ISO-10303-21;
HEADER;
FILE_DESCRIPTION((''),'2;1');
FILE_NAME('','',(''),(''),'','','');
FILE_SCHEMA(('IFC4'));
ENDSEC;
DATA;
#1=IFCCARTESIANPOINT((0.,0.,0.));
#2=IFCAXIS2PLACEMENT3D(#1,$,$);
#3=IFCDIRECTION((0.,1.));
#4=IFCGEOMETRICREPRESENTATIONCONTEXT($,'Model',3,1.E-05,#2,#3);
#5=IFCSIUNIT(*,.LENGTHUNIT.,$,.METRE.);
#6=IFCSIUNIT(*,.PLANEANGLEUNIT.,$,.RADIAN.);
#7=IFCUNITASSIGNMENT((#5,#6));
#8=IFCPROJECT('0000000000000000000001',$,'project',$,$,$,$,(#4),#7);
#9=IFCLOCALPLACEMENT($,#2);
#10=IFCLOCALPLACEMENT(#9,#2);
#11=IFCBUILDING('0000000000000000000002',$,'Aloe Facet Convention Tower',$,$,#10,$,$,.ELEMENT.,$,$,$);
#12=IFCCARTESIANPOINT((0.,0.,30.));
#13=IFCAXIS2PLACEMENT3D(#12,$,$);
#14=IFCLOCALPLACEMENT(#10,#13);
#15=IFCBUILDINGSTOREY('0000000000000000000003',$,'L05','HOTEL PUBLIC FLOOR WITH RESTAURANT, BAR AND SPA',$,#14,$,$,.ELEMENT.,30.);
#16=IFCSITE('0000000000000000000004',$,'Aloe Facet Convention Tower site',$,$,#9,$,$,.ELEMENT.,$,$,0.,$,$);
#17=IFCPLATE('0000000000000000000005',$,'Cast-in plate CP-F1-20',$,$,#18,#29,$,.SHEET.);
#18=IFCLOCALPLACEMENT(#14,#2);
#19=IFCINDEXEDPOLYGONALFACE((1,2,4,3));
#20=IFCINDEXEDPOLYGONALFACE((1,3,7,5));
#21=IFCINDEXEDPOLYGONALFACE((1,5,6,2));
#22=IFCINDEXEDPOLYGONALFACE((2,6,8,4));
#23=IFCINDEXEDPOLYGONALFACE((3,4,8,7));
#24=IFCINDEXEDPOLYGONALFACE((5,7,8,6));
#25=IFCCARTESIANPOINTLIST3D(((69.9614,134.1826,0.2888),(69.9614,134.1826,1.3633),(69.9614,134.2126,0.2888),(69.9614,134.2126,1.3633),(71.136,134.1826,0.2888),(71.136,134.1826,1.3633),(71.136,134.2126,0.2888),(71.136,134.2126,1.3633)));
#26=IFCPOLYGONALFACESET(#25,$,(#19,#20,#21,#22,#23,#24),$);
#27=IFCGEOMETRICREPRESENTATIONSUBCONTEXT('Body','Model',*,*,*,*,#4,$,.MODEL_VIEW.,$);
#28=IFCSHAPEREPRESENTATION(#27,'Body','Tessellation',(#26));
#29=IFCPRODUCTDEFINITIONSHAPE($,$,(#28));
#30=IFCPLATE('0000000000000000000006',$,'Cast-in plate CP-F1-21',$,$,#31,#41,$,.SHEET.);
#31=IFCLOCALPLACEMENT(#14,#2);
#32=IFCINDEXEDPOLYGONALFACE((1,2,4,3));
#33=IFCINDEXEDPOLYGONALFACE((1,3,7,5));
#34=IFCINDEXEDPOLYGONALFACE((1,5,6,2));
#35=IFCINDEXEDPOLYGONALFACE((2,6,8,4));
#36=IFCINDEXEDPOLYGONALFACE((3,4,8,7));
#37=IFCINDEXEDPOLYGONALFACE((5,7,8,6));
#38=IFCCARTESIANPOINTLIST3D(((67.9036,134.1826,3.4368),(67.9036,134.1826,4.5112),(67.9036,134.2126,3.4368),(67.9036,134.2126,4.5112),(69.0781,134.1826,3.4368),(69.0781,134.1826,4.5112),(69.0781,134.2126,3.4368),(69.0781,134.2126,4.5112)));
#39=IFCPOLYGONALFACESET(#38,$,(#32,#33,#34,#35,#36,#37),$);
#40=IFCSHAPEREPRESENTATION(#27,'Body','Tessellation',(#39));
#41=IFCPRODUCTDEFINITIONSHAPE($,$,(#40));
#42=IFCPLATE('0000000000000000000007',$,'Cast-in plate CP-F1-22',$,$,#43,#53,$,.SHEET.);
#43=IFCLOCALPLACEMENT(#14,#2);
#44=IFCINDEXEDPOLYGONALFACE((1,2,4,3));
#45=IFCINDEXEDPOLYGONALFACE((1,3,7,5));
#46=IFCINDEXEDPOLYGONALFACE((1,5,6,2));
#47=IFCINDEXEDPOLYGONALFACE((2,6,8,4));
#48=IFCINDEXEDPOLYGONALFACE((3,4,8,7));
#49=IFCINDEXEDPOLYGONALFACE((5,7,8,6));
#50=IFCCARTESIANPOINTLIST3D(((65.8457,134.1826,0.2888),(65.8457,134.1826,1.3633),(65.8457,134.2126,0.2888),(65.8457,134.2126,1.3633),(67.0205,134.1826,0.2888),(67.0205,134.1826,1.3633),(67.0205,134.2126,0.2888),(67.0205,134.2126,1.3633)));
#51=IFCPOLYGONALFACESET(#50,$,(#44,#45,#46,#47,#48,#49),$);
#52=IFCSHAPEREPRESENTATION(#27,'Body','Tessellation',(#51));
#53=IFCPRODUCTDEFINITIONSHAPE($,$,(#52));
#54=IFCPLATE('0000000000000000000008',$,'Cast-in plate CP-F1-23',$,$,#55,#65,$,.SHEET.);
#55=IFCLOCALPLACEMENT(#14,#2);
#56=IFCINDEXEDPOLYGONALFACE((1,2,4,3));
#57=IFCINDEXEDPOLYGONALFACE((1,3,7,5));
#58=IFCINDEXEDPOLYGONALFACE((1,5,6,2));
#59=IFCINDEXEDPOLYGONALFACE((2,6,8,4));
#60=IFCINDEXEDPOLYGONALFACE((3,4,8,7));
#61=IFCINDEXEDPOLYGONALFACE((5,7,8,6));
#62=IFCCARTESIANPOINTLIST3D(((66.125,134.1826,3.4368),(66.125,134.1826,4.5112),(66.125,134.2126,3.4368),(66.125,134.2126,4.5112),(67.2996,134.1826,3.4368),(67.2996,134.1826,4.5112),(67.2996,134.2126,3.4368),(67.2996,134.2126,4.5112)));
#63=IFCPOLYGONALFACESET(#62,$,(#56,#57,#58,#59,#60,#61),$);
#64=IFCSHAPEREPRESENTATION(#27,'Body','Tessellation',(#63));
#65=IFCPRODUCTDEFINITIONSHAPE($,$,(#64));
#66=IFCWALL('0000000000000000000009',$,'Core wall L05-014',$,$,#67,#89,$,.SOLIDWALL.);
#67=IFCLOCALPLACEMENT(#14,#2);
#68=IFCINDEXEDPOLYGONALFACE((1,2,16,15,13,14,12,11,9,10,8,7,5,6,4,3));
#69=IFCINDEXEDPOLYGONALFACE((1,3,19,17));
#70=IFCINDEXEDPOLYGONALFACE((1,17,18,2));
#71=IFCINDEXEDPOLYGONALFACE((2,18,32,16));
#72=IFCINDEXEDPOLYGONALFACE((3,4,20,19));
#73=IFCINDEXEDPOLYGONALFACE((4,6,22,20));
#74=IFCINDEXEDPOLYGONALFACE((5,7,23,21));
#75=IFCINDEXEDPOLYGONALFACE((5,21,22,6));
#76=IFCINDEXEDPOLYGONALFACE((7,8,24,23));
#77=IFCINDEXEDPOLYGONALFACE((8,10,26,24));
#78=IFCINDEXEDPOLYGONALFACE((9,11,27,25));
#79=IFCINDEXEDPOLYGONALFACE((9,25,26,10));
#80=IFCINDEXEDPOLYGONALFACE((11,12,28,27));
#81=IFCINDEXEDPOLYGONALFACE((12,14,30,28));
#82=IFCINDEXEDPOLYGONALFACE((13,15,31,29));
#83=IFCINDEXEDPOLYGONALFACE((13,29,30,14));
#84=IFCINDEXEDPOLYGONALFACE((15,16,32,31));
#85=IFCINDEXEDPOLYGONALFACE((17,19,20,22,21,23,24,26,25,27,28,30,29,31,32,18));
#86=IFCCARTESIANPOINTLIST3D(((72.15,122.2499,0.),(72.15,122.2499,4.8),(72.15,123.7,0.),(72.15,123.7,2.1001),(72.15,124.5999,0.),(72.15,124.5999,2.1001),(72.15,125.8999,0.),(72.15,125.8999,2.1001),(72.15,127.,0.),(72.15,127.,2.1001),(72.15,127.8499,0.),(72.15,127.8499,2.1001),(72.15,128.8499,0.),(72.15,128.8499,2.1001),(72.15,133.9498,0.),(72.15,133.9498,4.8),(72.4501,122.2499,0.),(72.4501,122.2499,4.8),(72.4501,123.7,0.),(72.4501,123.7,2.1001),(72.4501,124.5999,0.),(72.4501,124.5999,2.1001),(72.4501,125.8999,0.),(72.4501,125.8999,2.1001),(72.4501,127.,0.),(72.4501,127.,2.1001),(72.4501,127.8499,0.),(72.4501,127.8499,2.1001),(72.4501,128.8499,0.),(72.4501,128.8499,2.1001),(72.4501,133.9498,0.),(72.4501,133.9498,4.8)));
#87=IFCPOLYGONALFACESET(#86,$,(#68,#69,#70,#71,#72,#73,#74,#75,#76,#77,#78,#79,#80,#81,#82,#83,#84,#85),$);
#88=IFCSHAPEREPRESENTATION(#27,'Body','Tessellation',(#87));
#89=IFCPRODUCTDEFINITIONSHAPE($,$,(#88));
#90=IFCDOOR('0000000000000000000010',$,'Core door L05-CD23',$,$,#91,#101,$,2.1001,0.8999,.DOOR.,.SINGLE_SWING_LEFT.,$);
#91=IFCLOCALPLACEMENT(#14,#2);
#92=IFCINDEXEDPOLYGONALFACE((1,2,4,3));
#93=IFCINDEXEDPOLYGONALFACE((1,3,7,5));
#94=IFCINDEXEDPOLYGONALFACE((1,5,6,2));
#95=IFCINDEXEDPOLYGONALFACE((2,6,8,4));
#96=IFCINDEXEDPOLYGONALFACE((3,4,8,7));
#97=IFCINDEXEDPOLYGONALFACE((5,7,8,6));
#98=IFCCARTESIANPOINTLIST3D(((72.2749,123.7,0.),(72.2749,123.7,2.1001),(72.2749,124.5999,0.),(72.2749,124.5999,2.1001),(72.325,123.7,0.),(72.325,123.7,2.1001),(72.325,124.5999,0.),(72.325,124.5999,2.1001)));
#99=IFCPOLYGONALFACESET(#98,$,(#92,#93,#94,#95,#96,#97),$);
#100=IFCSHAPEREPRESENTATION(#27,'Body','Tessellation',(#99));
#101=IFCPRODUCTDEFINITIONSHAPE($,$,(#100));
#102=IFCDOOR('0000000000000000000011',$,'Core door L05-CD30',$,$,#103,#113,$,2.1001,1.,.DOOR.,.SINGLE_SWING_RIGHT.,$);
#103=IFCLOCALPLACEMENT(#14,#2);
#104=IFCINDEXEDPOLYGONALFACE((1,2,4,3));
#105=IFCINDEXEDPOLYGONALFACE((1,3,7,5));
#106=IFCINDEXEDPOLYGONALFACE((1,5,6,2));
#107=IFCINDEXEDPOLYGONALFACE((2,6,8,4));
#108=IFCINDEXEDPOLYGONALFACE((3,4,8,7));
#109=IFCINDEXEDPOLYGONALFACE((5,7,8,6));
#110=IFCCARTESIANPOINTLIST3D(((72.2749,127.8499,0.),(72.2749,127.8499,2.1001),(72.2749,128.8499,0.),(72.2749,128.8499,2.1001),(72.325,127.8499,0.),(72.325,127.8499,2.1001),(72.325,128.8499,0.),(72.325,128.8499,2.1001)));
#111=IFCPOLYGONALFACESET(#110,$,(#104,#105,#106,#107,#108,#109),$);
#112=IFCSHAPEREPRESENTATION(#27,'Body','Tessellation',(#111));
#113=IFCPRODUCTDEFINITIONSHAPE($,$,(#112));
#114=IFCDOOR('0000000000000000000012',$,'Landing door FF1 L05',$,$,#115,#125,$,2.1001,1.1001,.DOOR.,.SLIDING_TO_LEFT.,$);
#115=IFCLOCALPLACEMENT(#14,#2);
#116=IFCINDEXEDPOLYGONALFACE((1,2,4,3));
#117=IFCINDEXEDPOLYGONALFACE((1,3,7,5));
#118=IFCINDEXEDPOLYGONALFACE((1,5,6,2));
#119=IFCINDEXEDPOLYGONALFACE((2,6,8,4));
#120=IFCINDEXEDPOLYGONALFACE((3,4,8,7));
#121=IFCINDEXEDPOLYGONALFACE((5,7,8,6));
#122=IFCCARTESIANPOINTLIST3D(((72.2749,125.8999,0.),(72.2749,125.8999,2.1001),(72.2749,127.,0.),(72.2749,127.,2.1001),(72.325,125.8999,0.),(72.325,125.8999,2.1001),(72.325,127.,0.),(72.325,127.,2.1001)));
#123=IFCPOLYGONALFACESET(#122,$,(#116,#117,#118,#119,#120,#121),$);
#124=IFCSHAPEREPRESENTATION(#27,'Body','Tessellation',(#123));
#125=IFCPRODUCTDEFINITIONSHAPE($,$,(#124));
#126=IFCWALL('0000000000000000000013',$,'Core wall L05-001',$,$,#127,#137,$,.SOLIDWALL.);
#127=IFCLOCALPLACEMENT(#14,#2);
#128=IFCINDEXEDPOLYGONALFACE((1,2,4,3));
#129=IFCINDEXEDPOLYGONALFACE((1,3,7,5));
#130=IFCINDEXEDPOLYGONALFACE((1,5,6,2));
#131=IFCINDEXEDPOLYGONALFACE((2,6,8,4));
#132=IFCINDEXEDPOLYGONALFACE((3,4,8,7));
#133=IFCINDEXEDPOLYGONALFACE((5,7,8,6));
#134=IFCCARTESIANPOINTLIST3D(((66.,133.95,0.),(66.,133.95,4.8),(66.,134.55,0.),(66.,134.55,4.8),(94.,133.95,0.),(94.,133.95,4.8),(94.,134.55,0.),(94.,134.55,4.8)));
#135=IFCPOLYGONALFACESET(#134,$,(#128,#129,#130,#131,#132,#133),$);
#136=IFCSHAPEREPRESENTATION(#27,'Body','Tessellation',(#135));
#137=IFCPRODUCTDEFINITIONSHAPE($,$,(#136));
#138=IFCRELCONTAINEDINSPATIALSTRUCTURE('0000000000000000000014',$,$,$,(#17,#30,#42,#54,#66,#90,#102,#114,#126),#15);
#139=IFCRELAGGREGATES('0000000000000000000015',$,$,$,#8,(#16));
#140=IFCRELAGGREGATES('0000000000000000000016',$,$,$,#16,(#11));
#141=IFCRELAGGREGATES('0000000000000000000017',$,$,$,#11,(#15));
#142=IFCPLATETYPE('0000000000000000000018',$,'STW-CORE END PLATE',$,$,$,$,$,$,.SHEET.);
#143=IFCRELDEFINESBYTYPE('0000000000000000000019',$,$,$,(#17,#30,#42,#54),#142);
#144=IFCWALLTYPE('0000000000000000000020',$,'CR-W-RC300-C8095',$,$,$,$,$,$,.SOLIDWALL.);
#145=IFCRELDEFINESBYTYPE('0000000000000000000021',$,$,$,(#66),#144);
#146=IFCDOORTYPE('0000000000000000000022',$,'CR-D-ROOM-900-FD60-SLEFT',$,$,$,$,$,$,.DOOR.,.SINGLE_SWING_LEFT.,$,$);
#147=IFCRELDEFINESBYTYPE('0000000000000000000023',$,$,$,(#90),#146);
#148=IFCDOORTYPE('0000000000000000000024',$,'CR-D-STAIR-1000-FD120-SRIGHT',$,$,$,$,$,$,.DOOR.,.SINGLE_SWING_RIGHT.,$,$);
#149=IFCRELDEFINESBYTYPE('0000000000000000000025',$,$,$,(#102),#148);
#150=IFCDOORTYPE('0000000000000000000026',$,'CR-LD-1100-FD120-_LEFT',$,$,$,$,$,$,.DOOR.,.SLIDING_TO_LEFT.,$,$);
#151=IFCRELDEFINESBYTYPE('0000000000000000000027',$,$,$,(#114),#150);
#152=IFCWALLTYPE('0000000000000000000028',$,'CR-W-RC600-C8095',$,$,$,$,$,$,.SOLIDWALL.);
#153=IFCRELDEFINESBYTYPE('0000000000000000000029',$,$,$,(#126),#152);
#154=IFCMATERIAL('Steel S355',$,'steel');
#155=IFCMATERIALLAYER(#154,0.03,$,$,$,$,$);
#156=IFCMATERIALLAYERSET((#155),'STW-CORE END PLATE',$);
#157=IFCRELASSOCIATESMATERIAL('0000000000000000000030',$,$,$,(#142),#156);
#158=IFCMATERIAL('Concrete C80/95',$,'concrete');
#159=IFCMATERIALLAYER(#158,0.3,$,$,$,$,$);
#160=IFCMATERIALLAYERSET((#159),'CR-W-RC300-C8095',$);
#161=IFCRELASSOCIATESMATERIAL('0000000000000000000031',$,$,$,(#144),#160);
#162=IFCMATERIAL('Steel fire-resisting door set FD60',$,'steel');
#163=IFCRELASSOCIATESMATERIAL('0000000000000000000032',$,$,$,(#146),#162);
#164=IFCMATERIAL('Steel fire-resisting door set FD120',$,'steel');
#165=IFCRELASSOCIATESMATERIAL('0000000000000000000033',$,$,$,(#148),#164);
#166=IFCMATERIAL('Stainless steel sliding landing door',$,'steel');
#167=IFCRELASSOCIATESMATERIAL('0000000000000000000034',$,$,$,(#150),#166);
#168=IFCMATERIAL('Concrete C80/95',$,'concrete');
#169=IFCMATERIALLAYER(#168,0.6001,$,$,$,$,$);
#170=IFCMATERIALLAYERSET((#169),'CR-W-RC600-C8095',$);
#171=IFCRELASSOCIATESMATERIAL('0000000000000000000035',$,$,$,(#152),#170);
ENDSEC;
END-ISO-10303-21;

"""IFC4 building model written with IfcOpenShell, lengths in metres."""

from ifc_helpers import new_model, si_unit, direction, frame, frame_2d, origin, place, context, subcontext, project, spatial, polyline, rectangle, outline, extrude, material, layer, layer_set, type_object, element, fill, save


model = new_model("IFC4")

# Units and contexts
model_context = context("Model", 3, precision=1e-05, world=origin(), true_north=direction((0.0, 1.0)))
body_context = subcontext(model_context, "Body", "Model", "MODEL_VIEW")
ifc_project = project(units=[si_unit("LENGTHUNIT", "METRE"), si_unit("PLANEANGLEUNIT", "RADIAN")], contexts=[model_context])

# Site, building, storey
site_placement = place(None, origin())
site = spatial("IfcSite", under=ifc_project, at=site_placement, Name="Aloe Facet Convention Tower site", CompositionType="ELEMENT", RefElevation=0.0)
building_placement = place(site_placement, origin())
building = spatial("IfcBuilding", under=site, at=building_placement, Name="Aloe Facet Convention Tower", CompositionType="ELEMENT")
storey_placement = place(building_placement, frame((0.0, 0.0, 30.0)))
storey = spatial("IfcBuildingStorey", under=building, at=storey_placement, Name="L05", Description="HOTEL PUBLIC FLOOR WITH RESTAURANT, BAR AND SPA", CompositionType="ELEMENT", Elevation=30.0)

# Plates
ifc_material_1 = material(Name="Steel S355", Category="steel")
ifc_layer_1 = layer(ifc_material_1, 0.03)
ifc_layer_set_1 = layer_set([ifc_layer_1], Name="STW-CORE END PLATE")
plate_type = type_object("IfcPlateType", Name="STW-CORE END PLATE", PredefinedType="SHEET", material=ifc_layer_set_1)
for number, where, z_axis, x_axis, name in (
    (1, (71.136, 134.2126, 0.2888), (0.0, 1.0, 0.0), (-1.0, 0.0, 0.0), "Cast-in plate CP-F1-20"),
    (2, (69.0781, 134.2126, 3.4368), (0.0, 1.0, 0.0), (-1.0, 0.0, 0.0), "Cast-in plate CP-F1-21"),
):
    element("IfcPlate", number, at=place(storey_placement, frame(where, z_axis=z_axis, x_axis=x_axis)), inside=storey, type_object=plate_type, Name=name, PredefinedType="SHEET", context=body_context, shape_type="SweptSolid", body=[
        extrude(outline(polyline([(0.0, 0.0), (1.1746, 0.0), (1.1746, 1.0745), (0.0, 1.0745), (0.0, 0.0)])), origin(), (0.0, 0.0, -1.0), 0.03),
    ])
plate_1_placement = place(storey_placement, frame((67.0205, 134.2126, 0.2888), z_axis=(0.0, 1.0, 0.0), x_axis=(-1.0, 0.0, 0.0)))
element("IfcPlate", 3, at=plate_1_placement, inside=storey, type_object=plate_type, Name="Cast-in plate CP-F1-22", PredefinedType="SHEET", context=body_context, shape_type="SweptSolid", body=[
    extrude(outline(polyline([(0.0, 0.0), (1.1748, 0.0), (1.1748, 1.0745), (0.0, 1.0745), (0.0, 0.0)])), origin(), (0.0, 0.0, -1.0), 0.03),
])
plate_2_placement = place(storey_placement, frame((67.2996, 134.2126, 3.4368), z_axis=(0.0, 1.0, 0.0), x_axis=(-1.0, 0.0, 0.0)))
element("IfcPlate", 4, at=plate_2_placement, inside=storey, type_object=plate_type, Name="Cast-in plate CP-F1-23", PredefinedType="SHEET", context=body_context, shape_type="SweptSolid", body=[
    extrude(outline(polyline([(0.0, 0.0), (1.1746, 0.0), (1.1746, 1.0745), (0.0, 1.0745), (0.0, 0.0)])), origin(), (0.0, 0.0, -1.0), 0.03),
])

# Wall, openings, doors
ifc_material_2 = material(Name="Concrete C80/95", Category="concrete")
ifc_layer_2 = layer(ifc_material_2, 0.3)
ifc_layer_set_2 = layer_set([ifc_layer_2], Name="CR-W-RC300-C8095")
wall_type_1 = type_object("IfcWallType", Name="CR-W-RC300-C8095", PredefinedType="SOLIDWALL", material=ifc_layer_set_2)
wall_1_placement = place(storey_placement, frame((72.3, 133.95, 0.0), z_axis=(0.0, 0.0, 1.0), x_axis=(0.0, -1.0, 0.0)))
wall_1 = element("IfcWall", 5, at=wall_1_placement, inside=storey, type_object=wall_type_1, Name="Core wall L05-014", PredefinedType="SOLIDWALL", context=body_context, shape_type="SweptSolid", body=[
    extrude(rectangle(XDim=11.7, YDim=0.3, at=frame_2d((5.8501, 0.0))), origin(), (0.0, 0.0, 1.0), 4.8),
])
opening_1_placement = place(wall_1_placement, frame((6.95, 0.0, 0.0)))
opening_1 = element("IfcOpeningElement", 6, at=opening_1_placement, cuts=wall_1, PredefinedType="OPENING", context=body_context, shape_type="SweptSolid", body=[
    extrude(rectangle(XDim=1.1001, YDim=2.1001, at=frame_2d((0.55, 1.05))), frame((0.0, 0.1602, 0.0), z_axis=(0.0, -1.0, 0.0), x_axis=(1.0, 0.0, 0.0)), (0.0, 0.0, 1.0), 0.3201),
])
opening_2_placement = place(wall_1_placement, frame((9.3501, 0.0, 0.0)))
opening_2 = element("IfcOpeningElement", 7, at=opening_2_placement, cuts=wall_1, PredefinedType="OPENING", context=body_context, shape_type="SweptSolid", body=[
    extrude(rectangle(XDim=0.8999, YDim=2.1001, at=frame_2d((0.45, 1.05))), frame((0.0, 0.1602, 0.0), z_axis=(0.0, -1.0, 0.0), x_axis=(1.0, 0.0, 0.0)), (0.0, 0.0, 1.0), 0.3201),
])
opening_3_placement = place(wall_1_placement, frame((5.1001, 0.0, 0.0)))
opening_3 = element("IfcOpeningElement", 8, at=opening_3_placement, cuts=wall_1, PredefinedType="OPENING", context=body_context, shape_type="SweptSolid", body=[
    extrude(rectangle(XDim=1.0, YDim=2.1001, at=frame_2d((0.5, 1.05))), frame((0.0, 0.1602, 0.0), z_axis=(0.0, -1.0, 0.0), x_axis=(1.0, 0.0, 0.0)), (0.0, 0.0, 1.0), 0.3201),
])
ifc_material_3 = material(Name="Steel fire-resisting door set FD60", Category="steel")
door_type_1 = type_object("IfcDoorType", Name="CR-D-ROOM-900-FD60-SLEFT", OperationType="SINGLE_SWING_LEFT", PredefinedType="DOOR", material=ifc_material_3)
door_1_placement = place(opening_2_placement, origin())
door_1 = element("IfcDoor", 9, at=door_1_placement, inside=storey, type_object=door_type_1, Name="Core door L05-CD23", OperationType="SINGLE_SWING_LEFT", OverallHeight=2.1001, OverallWidth=0.8999, PredefinedType="DOOR", context=body_context, shape_type="SweptSolid", body=[
    extrude(rectangle(XDim=0.8999, YDim=2.1001, at=frame_2d((0.45, 1.05))), frame((0.0, 0.0249, 0.0), z_axis=(0.0, -1.0, 0.0), x_axis=(1.0, 0.0, 0.0)), (0.0, 0.0, 1.0), 0.05),
])
fill(opening_2, door_1)
ifc_material_4 = material(Name="Steel fire-resisting door set FD120", Category="steel")
door_type_2 = type_object("IfcDoorType", Name="CR-D-STAIR-1000-FD120-SRIGHT", OperationType="SINGLE_SWING_RIGHT", PredefinedType="DOOR", material=ifc_material_4)
door_2_placement = place(opening_3_placement, origin())
door_2 = element("IfcDoor", 10, at=door_2_placement, inside=storey, type_object=door_type_2, Name="Core door L05-CD30", OperationType="SINGLE_SWING_RIGHT", OverallHeight=2.1001, OverallWidth=1.0, PredefinedType="DOOR", context=body_context, shape_type="SweptSolid", body=[
    extrude(rectangle(XDim=1.0, YDim=2.1001, at=frame_2d((0.5, 1.05))), frame((0.0, 0.0249, 0.0), z_axis=(0.0, -1.0, 0.0), x_axis=(1.0, 0.0, 0.0)), (0.0, 0.0, 1.0), 0.05),
])
fill(opening_3, door_2)
ifc_material_5 = material(Name="Stainless steel sliding landing door", Category="steel")
door_type_3 = type_object("IfcDoorType", Name="CR-LD-1100-FD120-_LEFT", OperationType="SLIDING_TO_LEFT", PredefinedType="DOOR", material=ifc_material_5)
door_3_placement = place(opening_1_placement, origin())
door_3 = element("IfcDoor", 11, at=door_3_placement, inside=storey, type_object=door_type_3, Name="Landing door FF1 L05", OperationType="SLIDING_TO_LEFT", OverallHeight=2.1001, OverallWidth=1.1001, PredefinedType="DOOR", context=body_context, shape_type="SweptSolid", body=[
    extrude(rectangle(XDim=1.1001, YDim=2.1001, at=frame_2d((0.55, 1.05))), frame((0.0, 0.0249, 0.0), z_axis=(0.0, -1.0, 0.0), x_axis=(1.0, 0.0, 0.0)), (0.0, 0.0, 1.0), 0.05),
])
fill(opening_1, door_3)

# Wall
ifc_material_6 = material(Name="Concrete C80/95", Category="concrete")
ifc_layer_3 = layer(ifc_material_6, 0.6001)
ifc_layer_set_3 = layer_set([ifc_layer_3], Name="CR-W-RC600-C8095")
wall_type_2 = type_object("IfcWallType", Name="CR-W-RC600-C8095", PredefinedType="SOLIDWALL", material=ifc_layer_set_3)
wall_2_placement = place(storey_placement, frame((66.0, 134.25, 0.0), z_axis=(0.0, 0.0, 1.0), x_axis=(1.0, 0.0, 0.0)))
element("IfcWall", 12, at=wall_2_placement, inside=storey, type_object=wall_type_2, Name="Core wall L05-001", PredefinedType="SOLIDWALL", context=body_context, shape_type="SweptSolid", body=[
    extrude(rectangle(XDim=28.0, YDim=0.6001, at=frame_2d((14.0, 0.0))), origin(), (0.0, 0.0, 1.0), 4.8),
])

save(model, "model.ifc")
